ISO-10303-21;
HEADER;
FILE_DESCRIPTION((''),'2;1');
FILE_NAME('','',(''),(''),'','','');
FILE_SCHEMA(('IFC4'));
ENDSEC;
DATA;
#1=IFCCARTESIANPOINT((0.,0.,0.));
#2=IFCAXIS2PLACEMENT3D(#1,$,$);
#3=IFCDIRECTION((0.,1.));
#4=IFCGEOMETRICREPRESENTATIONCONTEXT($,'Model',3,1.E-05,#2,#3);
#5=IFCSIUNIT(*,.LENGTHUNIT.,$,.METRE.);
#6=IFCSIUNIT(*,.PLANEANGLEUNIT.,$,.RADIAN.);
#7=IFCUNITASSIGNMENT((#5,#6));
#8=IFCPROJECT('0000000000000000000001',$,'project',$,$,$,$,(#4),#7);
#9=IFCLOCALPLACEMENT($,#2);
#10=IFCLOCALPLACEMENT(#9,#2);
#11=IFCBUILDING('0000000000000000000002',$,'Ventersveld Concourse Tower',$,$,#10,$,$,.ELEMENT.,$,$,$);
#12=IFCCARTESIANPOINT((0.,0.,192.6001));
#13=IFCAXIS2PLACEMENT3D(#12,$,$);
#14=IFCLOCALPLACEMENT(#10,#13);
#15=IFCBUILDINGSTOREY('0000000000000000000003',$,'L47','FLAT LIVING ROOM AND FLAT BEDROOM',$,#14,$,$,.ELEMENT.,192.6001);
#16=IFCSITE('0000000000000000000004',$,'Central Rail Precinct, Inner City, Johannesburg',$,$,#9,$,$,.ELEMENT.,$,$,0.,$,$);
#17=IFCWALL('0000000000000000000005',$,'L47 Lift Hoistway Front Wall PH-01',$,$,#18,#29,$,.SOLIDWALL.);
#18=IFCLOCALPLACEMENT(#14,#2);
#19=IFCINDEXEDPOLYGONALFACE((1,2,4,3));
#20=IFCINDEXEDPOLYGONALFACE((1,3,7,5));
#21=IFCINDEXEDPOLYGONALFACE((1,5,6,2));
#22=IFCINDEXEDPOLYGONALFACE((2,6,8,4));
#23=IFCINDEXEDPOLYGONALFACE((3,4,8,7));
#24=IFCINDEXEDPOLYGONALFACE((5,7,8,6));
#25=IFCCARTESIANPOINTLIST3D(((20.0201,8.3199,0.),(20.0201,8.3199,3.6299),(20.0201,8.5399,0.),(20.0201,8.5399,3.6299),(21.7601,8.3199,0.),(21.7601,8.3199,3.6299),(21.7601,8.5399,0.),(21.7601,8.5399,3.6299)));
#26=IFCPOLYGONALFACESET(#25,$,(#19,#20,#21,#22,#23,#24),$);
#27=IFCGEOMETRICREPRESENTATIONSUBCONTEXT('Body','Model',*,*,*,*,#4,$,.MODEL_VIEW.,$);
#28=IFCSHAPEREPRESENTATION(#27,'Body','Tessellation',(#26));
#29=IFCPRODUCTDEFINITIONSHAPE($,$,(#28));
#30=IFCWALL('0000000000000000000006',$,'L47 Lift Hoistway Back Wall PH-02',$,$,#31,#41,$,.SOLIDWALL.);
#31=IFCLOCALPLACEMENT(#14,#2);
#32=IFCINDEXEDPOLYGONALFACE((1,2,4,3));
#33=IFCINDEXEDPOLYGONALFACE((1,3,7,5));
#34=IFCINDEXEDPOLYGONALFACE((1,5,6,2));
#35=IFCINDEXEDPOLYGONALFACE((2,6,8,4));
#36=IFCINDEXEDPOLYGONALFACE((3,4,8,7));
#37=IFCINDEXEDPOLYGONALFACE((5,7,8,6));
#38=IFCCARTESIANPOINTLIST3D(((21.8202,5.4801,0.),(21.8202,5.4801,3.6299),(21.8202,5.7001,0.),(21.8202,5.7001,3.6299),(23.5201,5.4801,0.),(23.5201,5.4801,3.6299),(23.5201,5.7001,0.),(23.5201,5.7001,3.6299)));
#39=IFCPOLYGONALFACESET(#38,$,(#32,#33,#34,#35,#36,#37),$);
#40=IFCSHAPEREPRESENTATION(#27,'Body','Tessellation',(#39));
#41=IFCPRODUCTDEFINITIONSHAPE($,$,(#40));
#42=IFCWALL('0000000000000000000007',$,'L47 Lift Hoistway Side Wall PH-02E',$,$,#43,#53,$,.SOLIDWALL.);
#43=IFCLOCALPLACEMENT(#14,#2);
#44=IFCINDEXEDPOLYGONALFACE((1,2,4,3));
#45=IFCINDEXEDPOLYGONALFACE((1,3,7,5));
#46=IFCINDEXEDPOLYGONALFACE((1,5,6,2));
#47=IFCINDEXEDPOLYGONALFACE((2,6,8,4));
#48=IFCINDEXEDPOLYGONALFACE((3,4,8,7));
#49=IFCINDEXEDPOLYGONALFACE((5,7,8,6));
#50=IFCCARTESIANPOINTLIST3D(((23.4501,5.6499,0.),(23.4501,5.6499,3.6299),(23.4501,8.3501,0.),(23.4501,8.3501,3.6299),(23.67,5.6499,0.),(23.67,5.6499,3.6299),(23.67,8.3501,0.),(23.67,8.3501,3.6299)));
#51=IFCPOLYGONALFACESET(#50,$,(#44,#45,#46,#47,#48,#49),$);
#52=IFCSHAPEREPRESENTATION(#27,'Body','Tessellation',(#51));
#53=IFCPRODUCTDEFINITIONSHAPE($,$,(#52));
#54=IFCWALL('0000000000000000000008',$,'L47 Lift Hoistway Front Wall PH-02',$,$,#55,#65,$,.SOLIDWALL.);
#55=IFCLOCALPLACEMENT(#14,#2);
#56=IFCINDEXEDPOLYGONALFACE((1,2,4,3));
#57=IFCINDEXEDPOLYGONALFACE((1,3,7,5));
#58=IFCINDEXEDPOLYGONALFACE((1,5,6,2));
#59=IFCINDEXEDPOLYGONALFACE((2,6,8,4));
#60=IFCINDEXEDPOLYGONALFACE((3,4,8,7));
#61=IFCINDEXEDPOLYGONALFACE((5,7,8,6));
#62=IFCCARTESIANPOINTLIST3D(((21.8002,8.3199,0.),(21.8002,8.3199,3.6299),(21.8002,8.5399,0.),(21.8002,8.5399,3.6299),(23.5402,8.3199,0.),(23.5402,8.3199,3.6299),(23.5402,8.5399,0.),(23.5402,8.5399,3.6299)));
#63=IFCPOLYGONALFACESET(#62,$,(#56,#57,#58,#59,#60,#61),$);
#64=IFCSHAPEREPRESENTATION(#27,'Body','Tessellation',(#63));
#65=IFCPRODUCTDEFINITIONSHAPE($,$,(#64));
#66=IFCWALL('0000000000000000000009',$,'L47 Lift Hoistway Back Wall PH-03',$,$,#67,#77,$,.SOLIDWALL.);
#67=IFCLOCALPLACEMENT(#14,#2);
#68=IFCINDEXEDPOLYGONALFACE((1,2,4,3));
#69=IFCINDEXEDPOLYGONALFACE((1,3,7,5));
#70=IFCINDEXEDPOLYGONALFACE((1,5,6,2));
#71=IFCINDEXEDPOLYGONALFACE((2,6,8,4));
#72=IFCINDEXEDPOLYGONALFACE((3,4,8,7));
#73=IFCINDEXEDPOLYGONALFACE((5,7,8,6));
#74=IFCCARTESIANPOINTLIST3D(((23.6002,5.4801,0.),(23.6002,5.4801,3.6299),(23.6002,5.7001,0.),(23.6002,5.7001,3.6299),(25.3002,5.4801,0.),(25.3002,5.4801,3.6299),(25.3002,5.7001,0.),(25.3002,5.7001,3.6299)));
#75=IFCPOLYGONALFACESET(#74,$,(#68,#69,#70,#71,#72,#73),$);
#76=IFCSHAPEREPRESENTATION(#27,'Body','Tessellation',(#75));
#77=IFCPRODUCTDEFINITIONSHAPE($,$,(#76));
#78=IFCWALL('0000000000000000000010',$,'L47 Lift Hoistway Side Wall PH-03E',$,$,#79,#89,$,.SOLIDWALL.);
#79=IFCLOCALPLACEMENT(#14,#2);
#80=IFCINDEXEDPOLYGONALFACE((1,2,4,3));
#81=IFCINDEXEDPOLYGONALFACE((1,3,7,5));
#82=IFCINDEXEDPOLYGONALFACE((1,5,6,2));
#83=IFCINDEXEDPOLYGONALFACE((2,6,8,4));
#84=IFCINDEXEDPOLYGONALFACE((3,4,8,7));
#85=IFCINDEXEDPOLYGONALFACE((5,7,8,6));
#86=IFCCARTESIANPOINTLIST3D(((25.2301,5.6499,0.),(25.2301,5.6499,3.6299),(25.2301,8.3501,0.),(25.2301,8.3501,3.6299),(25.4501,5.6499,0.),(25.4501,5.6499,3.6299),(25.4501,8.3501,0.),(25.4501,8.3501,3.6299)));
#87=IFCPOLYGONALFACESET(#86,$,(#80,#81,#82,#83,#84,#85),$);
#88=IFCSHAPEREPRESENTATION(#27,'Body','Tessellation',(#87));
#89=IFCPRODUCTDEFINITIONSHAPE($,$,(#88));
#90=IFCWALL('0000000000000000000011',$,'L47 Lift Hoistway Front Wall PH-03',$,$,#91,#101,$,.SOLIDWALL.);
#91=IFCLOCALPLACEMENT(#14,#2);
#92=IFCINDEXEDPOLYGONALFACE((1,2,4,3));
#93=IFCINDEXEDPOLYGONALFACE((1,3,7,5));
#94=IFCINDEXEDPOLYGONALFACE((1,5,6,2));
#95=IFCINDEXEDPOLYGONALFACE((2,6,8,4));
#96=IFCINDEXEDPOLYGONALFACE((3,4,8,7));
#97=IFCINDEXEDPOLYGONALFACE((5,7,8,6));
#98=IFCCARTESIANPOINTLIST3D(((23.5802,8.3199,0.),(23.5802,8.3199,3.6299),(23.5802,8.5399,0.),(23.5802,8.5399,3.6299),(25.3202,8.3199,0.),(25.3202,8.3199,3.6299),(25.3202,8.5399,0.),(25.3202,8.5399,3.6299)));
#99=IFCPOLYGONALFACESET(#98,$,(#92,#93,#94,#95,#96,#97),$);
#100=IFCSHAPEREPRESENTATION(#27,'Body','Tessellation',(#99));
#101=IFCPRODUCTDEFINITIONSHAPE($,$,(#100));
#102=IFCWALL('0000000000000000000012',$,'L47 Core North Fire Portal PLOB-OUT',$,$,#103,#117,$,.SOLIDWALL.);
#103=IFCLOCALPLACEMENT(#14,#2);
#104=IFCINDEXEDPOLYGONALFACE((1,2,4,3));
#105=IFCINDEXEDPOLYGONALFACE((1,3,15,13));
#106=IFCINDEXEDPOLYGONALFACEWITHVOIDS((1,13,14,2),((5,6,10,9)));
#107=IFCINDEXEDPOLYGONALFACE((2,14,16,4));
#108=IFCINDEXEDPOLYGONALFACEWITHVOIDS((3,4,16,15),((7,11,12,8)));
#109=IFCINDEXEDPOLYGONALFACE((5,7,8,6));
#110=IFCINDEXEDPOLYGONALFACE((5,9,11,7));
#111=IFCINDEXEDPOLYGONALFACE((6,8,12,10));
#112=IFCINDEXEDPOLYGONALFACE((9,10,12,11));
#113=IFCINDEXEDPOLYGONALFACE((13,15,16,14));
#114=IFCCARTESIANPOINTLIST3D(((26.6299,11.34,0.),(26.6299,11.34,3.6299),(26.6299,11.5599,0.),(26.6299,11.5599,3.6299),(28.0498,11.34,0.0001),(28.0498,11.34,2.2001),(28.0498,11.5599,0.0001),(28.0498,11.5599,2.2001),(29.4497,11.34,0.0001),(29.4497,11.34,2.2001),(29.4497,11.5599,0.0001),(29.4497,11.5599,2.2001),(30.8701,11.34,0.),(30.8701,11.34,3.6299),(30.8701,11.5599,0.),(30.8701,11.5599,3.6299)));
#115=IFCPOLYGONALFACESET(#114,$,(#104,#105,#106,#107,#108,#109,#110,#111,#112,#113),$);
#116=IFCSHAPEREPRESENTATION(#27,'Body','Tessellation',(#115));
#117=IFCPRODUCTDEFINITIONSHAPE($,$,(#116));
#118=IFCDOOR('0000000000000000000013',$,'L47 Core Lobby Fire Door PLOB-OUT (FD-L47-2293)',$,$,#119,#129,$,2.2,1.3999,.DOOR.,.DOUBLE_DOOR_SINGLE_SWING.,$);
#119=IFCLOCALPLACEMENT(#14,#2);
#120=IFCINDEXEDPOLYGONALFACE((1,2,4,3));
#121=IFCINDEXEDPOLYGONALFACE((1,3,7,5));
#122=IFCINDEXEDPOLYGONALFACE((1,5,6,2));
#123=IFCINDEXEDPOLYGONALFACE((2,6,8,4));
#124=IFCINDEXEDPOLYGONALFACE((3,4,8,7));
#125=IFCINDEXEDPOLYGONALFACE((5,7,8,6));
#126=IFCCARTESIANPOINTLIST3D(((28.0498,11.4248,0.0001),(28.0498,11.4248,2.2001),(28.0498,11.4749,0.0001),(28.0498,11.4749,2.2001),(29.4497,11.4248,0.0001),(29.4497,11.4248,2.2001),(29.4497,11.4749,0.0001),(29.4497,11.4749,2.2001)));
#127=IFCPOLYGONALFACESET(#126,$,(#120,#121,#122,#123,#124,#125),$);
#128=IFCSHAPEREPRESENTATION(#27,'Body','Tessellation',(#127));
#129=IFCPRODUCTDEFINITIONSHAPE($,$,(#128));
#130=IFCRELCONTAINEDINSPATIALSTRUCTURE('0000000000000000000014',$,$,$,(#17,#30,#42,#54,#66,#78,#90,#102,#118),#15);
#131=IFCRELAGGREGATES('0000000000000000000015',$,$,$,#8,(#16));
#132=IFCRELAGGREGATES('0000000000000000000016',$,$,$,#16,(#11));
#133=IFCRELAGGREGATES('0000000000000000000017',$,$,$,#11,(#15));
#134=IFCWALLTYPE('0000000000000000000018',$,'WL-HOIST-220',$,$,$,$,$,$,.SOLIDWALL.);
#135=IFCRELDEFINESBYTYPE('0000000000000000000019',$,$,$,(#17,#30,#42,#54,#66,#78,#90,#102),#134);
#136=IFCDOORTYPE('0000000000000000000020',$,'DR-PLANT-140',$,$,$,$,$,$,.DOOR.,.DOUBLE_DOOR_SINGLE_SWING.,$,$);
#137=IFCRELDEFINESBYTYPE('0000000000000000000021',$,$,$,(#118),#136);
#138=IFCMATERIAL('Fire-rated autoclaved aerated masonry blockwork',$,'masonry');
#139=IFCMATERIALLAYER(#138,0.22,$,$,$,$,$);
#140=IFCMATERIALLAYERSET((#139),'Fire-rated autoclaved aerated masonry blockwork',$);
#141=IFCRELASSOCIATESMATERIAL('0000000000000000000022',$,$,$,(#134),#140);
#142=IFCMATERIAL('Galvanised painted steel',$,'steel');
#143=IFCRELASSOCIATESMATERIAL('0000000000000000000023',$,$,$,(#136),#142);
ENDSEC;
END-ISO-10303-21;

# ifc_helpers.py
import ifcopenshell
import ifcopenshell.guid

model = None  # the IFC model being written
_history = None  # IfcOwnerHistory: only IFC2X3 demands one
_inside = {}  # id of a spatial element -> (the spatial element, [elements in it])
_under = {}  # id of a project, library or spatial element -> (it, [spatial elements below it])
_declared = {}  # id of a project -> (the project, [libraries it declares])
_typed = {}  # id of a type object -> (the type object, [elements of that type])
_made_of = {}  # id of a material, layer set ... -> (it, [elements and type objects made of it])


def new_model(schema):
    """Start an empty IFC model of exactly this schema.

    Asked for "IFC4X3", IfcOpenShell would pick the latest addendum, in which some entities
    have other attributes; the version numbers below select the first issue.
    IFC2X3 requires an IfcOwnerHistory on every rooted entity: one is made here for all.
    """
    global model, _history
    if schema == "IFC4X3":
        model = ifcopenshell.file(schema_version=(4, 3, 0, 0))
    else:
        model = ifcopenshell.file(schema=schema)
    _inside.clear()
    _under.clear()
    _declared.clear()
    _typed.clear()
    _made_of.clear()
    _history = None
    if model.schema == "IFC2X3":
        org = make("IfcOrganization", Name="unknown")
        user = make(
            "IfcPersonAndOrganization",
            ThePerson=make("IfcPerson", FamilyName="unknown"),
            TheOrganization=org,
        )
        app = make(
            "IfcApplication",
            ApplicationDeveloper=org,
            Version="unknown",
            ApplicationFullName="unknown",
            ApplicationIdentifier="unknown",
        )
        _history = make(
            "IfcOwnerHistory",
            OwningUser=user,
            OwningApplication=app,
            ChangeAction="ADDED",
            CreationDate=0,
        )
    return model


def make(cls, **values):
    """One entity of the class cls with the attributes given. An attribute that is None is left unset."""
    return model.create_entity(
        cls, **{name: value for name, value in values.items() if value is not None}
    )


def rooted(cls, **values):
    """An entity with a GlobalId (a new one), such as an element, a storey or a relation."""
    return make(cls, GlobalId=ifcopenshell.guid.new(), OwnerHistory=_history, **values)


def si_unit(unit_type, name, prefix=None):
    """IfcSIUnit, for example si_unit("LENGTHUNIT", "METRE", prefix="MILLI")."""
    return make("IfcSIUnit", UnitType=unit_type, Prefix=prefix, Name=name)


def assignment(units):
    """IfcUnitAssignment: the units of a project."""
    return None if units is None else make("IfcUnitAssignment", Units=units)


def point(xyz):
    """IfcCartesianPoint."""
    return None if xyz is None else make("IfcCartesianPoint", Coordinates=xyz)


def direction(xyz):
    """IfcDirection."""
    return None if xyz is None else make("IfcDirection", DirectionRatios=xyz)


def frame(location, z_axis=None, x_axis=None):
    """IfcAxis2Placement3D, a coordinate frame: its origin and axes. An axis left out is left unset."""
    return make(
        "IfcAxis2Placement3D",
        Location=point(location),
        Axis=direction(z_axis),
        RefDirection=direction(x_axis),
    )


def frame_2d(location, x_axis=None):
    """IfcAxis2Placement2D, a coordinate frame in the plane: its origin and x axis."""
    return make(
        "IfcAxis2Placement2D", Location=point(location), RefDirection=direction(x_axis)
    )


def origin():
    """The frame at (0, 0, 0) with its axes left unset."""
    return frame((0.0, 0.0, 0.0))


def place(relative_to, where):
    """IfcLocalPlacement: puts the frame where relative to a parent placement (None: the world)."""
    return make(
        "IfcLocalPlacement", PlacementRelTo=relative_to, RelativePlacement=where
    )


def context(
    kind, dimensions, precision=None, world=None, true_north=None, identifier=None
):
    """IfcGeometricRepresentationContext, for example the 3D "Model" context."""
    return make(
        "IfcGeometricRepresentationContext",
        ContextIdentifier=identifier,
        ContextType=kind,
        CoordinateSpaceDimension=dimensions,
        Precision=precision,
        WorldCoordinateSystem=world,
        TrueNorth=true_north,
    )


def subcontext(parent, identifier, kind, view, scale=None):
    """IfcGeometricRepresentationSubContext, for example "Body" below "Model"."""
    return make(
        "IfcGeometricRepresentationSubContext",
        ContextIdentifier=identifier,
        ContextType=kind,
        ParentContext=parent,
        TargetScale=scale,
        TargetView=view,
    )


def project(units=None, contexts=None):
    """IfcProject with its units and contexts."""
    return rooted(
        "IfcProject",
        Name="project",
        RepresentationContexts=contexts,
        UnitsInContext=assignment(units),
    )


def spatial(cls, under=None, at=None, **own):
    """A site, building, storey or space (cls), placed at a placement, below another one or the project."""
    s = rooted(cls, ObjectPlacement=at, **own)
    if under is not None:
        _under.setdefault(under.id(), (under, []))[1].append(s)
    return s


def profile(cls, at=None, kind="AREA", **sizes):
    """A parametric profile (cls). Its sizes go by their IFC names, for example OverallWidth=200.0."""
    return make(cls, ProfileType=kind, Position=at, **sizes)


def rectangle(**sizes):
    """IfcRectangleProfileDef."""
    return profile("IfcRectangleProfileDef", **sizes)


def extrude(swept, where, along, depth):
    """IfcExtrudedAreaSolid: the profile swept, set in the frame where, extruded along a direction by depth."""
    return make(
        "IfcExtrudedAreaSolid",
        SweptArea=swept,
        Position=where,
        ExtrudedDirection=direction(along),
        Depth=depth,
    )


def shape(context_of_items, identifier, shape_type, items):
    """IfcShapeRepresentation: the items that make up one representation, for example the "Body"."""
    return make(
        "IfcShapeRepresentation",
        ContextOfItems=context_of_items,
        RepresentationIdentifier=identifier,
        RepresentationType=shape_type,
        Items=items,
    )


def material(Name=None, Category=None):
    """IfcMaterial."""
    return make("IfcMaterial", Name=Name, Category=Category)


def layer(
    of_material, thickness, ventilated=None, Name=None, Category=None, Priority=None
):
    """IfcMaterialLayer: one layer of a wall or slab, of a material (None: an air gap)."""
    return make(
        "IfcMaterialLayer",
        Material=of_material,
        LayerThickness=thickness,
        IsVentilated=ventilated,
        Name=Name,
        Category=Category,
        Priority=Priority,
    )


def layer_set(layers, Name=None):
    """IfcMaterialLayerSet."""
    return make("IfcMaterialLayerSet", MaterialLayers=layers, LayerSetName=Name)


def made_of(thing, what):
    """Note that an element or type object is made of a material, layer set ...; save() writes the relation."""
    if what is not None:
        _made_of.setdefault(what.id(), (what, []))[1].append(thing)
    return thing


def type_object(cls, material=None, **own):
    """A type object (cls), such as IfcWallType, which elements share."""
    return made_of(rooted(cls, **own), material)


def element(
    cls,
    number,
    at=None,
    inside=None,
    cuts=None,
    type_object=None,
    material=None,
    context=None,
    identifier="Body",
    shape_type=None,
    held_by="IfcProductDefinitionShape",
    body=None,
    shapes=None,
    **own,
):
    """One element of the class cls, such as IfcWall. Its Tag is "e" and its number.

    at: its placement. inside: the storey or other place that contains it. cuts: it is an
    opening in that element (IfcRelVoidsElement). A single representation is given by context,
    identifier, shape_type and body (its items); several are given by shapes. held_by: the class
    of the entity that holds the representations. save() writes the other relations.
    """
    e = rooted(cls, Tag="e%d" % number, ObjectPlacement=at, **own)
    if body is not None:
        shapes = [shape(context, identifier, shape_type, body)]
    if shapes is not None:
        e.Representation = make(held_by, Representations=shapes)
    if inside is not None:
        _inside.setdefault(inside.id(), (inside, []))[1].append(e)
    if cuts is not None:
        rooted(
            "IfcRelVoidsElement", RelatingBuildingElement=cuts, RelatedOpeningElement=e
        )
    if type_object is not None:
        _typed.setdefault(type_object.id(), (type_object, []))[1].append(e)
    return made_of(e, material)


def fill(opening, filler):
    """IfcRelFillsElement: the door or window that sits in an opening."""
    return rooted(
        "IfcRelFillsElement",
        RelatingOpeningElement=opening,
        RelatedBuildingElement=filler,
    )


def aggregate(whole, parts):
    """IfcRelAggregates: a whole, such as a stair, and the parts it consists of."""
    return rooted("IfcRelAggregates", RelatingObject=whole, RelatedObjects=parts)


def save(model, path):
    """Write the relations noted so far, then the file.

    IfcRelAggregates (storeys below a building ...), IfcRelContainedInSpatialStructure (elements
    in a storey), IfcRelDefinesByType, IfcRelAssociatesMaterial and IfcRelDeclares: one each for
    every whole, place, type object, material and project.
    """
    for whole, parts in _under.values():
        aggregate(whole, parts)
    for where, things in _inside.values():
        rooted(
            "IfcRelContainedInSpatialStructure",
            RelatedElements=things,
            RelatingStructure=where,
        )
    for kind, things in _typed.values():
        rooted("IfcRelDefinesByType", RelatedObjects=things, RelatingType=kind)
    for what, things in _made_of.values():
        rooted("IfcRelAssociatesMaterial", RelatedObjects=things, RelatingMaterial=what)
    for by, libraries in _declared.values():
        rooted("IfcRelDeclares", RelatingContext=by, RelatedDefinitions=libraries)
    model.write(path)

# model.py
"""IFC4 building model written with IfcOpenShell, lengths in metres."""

from ifc_helpers import new_model, si_unit, direction, frame, frame_2d, origin, place, context, subcontext, project, spatial, rectangle, extrude, material, layer, layer_set, type_object, element, fill, save


model = new_model("IFC4")

# Units and contexts
model_context = context("Model", 3, precision=1e-05, world=origin(), true_north=direction((0.0, 1.0)))
body_context = subcontext(model_context, "Body", "Model", "MODEL_VIEW")
ifc_project = project(units=[si_unit("LENGTHUNIT", "METRE"), si_unit("PLANEANGLEUNIT", "RADIAN")], contexts=[model_context])

# Site, building, storey
site_placement = place(None, origin())
site = spatial("IfcSite", under=ifc_project, at=site_placement, Name="Central Rail Precinct, Inner City, Johannesburg", CompositionType="ELEMENT", RefElevation=0.0)
building_placement = place(site_placement, origin())
building = spatial("IfcBuilding", under=site, at=building_placement, Name="Ventersveld Concourse Tower", CompositionType="ELEMENT")
storey_placement = place(building_placement, frame((0.0, 0.0, 192.6001)))
storey = spatial("IfcBuildingStorey", under=building, at=storey_placement, Name="L47", Description="FLAT LIVING ROOM AND FLAT BEDROOM", CompositionType="ELEMENT", Elevation=192.6001)

# Shared definitions
ifc_material_1 = material(Name="Fire-rated autoclaved aerated masonry blockwork", Category="masonry")
ifc_material_2 = material(Name="Galvanised painted steel", Category="steel")

# Walls
ifc_layer_1 = layer(ifc_material_1, 0.22)
ifc_layer_set_1 = layer_set([ifc_layer_1], Name="Fire-rated autoclaved aerated masonry blockwork")
wall_type_1 = type_object("IfcWallType", Name="WL-HOIST-220", PredefinedType="SOLIDWALL", material=ifc_layer_set_1)
wall_1_placement = place(storey_placement, frame((20.02, 8.4299, 0.0), z_axis=(0.0, 0.0, 1.0), x_axis=(1.0, 0.0, 0.0)))
element("IfcWall", 1, at=wall_1_placement, inside=storey, type_object=wall_type_1, Name="L47 Lift Hoistway Front Wall PH-01", PredefinedType="SOLIDWALL", context=body_context, shape_type="SweptSolid", body=[
    extrude(rectangle(XDim=1.74, YDim=0.22, at=frame_2d((0.8701, 0.0))), origin(), (0.0, 0.0, 1.0), 3.6299),
])
wall_2_placement = place(storey_placement, frame((21.8201, 5.5901, 0.0), z_axis=(0.0, 0.0, 1.0), x_axis=(1.0, 0.0, 0.0)))
element("IfcWall", 2, at=wall_2_placement, inside=storey, type_object=wall_type_1, Name="L47 Lift Hoistway Back Wall PH-02", PredefinedType="SOLIDWALL", context=body_context, shape_type="SweptSolid", body=[
    extrude(rectangle(XDim=1.7, YDim=0.22, at=frame_2d((0.8501, 0.0))), origin(), (0.0, 0.0, 1.0), 3.6299),
])
wall_3_placement = place(storey_placement, frame((23.5601, 5.6499, 0.0), z_axis=(0.0, 0.0, 1.0), x_axis=(0.0, 1.0, 0.0)))
element("IfcWall", 3, at=wall_3_placement, inside=storey, type_object=wall_type_1, Name="L47 Lift Hoistway Side Wall PH-02E", PredefinedType="SOLIDWALL", context=body_context, shape_type="SweptSolid", body=[
    extrude(rectangle(XDim=2.7002, YDim=0.22, at=frame_2d((1.3501, 0.0))), origin(), (0.0, 0.0, 1.0), 3.6299),
])
wall_4_placement = place(storey_placement, frame((21.8, 8.4299, 0.0), z_axis=(0.0, 0.0, 1.0), x_axis=(1.0, 0.0, 0.0)))
element("IfcWall", 4, at=wall_4_placement, inside=storey, type_object=wall_type_1, Name="L47 Lift Hoistway Front Wall PH-02", PredefinedType="SOLIDWALL", context=body_context, shape_type="SweptSolid", body=[
    extrude(rectangle(XDim=1.74, YDim=0.22, at=frame_2d((0.8701, 0.0))), origin(), (0.0, 0.0, 1.0), 3.6299),
])
wall_5_placement = place(storey_placement, frame((23.6001, 5.5901, 0.0), z_axis=(0.0, 0.0, 1.0), x_axis=(1.0, 0.0, 0.0)))
element("IfcWall", 5, at=wall_5_placement, inside=storey, type_object=wall_type_1, Name="L47 Lift Hoistway Back Wall PH-03", PredefinedType="SOLIDWALL", context=body_context, shape_type="SweptSolid", body=[
    extrude(rectangle(XDim=1.7, YDim=0.22, at=frame_2d((0.8501, 0.0))), origin(), (0.0, 0.0, 1.0), 3.6299),
])
wall_6_placement = place(storey_placement, frame((25.3401, 5.6499, 0.0), z_axis=(0.0, 0.0, 1.0), x_axis=(0.0, 1.0, 0.0)))
element("IfcWall", 6, at=wall_6_placement, inside=storey, type_object=wall_type_1, Name="L47 Lift Hoistway Side Wall PH-03E", PredefinedType="SOLIDWALL", context=body_context, shape_type="SweptSolid", body=[
    extrude(rectangle(XDim=2.7002, YDim=0.22, at=frame_2d((1.3501, 0.0))), origin(), (0.0, 0.0, 1.0), 3.6299),
])
wall_7_placement = place(storey_placement, frame((23.5801, 8.4299, 0.0), z_axis=(0.0, 0.0, 1.0), x_axis=(1.0, 0.0, 0.0)))
element("IfcWall", 7, at=wall_7_placement, inside=storey, type_object=wall_type_1, Name="L47 Lift Hoistway Front Wall PH-03", PredefinedType="SOLIDWALL", context=body_context, shape_type="SweptSolid", body=[
    extrude(rectangle(XDim=1.74, YDim=0.22, at=frame_2d((0.8701, 0.0))), origin(), (0.0, 0.0, 1.0), 3.6299),
])

# Wall, opening, door
wall_8_placement = place(storey_placement, frame((26.6299, 11.45, 0.0), z_axis=(0.0, 0.0, 1.0), x_axis=(1.0, 0.0, 0.0)))
wall_8 = element("IfcWall", 8, at=wall_8_placement, inside=storey, type_object=wall_type_1, Name="L47 Core North Fire Portal PLOB-OUT", PredefinedType="SOLIDWALL", context=body_context, shape_type="SweptSolid", body=[
    extrude(rectangle(XDim=4.2402, YDim=0.22, at=frame_2d((2.1201, 0.0))), origin(), (0.0, 0.0, 1.0), 3.6299),
])
opening_1_placement = place(wall_8_placement, frame((1.4199, 0.0, 0.0)))
opening_1 = element("IfcOpeningElement", 9, at=opening_1_placement, cuts=wall_8, PredefinedType="OPENING", context=body_context, shape_type="SweptSolid", body=[
    extrude(rectangle(XDim=1.3999, YDim=2.2, at=frame_2d((0.7, 1.1001))), frame((0.0, 0.1201, 0.0), z_axis=(0.0, -1.0, 0.0), x_axis=(1.0, 0.0, 0.0)), (0.0, 0.0, 1.0), 0.24),
])
door_type_1 = type_object("IfcDoorType", Name="DR-PLANT-140", OperationType="DOUBLE_DOOR_SINGLE_SWING", PredefinedType="DOOR", material=ifc_material_2)
door_1_placement = place(opening_1_placement, origin())
door_1 = element("IfcDoor", 10, at=door_1_placement, inside=storey, type_object=door_type_1, Name="L47 Core Lobby Fire Door PLOB-OUT (FD-L47-2293)", OperationType="DOUBLE_DOOR_SINGLE_SWING", OverallHeight=2.2, OverallWidth=1.3999, PredefinedType="DOOR", context=body_context, shape_type="SweptSolid", body=[
    extrude(rectangle(XDim=1.3999, YDim=2.2, at=frame_2d((0.7, 1.1001))), frame((0.0, 0.0249, 0.0), z_axis=(0.0, -1.0, 0.0), x_axis=(1.0, 0.0, 0.0)), (0.0, 0.0, 1.0), 0.05),
])
fill(opening_1, door_1)

save(model, "model.ifc")
